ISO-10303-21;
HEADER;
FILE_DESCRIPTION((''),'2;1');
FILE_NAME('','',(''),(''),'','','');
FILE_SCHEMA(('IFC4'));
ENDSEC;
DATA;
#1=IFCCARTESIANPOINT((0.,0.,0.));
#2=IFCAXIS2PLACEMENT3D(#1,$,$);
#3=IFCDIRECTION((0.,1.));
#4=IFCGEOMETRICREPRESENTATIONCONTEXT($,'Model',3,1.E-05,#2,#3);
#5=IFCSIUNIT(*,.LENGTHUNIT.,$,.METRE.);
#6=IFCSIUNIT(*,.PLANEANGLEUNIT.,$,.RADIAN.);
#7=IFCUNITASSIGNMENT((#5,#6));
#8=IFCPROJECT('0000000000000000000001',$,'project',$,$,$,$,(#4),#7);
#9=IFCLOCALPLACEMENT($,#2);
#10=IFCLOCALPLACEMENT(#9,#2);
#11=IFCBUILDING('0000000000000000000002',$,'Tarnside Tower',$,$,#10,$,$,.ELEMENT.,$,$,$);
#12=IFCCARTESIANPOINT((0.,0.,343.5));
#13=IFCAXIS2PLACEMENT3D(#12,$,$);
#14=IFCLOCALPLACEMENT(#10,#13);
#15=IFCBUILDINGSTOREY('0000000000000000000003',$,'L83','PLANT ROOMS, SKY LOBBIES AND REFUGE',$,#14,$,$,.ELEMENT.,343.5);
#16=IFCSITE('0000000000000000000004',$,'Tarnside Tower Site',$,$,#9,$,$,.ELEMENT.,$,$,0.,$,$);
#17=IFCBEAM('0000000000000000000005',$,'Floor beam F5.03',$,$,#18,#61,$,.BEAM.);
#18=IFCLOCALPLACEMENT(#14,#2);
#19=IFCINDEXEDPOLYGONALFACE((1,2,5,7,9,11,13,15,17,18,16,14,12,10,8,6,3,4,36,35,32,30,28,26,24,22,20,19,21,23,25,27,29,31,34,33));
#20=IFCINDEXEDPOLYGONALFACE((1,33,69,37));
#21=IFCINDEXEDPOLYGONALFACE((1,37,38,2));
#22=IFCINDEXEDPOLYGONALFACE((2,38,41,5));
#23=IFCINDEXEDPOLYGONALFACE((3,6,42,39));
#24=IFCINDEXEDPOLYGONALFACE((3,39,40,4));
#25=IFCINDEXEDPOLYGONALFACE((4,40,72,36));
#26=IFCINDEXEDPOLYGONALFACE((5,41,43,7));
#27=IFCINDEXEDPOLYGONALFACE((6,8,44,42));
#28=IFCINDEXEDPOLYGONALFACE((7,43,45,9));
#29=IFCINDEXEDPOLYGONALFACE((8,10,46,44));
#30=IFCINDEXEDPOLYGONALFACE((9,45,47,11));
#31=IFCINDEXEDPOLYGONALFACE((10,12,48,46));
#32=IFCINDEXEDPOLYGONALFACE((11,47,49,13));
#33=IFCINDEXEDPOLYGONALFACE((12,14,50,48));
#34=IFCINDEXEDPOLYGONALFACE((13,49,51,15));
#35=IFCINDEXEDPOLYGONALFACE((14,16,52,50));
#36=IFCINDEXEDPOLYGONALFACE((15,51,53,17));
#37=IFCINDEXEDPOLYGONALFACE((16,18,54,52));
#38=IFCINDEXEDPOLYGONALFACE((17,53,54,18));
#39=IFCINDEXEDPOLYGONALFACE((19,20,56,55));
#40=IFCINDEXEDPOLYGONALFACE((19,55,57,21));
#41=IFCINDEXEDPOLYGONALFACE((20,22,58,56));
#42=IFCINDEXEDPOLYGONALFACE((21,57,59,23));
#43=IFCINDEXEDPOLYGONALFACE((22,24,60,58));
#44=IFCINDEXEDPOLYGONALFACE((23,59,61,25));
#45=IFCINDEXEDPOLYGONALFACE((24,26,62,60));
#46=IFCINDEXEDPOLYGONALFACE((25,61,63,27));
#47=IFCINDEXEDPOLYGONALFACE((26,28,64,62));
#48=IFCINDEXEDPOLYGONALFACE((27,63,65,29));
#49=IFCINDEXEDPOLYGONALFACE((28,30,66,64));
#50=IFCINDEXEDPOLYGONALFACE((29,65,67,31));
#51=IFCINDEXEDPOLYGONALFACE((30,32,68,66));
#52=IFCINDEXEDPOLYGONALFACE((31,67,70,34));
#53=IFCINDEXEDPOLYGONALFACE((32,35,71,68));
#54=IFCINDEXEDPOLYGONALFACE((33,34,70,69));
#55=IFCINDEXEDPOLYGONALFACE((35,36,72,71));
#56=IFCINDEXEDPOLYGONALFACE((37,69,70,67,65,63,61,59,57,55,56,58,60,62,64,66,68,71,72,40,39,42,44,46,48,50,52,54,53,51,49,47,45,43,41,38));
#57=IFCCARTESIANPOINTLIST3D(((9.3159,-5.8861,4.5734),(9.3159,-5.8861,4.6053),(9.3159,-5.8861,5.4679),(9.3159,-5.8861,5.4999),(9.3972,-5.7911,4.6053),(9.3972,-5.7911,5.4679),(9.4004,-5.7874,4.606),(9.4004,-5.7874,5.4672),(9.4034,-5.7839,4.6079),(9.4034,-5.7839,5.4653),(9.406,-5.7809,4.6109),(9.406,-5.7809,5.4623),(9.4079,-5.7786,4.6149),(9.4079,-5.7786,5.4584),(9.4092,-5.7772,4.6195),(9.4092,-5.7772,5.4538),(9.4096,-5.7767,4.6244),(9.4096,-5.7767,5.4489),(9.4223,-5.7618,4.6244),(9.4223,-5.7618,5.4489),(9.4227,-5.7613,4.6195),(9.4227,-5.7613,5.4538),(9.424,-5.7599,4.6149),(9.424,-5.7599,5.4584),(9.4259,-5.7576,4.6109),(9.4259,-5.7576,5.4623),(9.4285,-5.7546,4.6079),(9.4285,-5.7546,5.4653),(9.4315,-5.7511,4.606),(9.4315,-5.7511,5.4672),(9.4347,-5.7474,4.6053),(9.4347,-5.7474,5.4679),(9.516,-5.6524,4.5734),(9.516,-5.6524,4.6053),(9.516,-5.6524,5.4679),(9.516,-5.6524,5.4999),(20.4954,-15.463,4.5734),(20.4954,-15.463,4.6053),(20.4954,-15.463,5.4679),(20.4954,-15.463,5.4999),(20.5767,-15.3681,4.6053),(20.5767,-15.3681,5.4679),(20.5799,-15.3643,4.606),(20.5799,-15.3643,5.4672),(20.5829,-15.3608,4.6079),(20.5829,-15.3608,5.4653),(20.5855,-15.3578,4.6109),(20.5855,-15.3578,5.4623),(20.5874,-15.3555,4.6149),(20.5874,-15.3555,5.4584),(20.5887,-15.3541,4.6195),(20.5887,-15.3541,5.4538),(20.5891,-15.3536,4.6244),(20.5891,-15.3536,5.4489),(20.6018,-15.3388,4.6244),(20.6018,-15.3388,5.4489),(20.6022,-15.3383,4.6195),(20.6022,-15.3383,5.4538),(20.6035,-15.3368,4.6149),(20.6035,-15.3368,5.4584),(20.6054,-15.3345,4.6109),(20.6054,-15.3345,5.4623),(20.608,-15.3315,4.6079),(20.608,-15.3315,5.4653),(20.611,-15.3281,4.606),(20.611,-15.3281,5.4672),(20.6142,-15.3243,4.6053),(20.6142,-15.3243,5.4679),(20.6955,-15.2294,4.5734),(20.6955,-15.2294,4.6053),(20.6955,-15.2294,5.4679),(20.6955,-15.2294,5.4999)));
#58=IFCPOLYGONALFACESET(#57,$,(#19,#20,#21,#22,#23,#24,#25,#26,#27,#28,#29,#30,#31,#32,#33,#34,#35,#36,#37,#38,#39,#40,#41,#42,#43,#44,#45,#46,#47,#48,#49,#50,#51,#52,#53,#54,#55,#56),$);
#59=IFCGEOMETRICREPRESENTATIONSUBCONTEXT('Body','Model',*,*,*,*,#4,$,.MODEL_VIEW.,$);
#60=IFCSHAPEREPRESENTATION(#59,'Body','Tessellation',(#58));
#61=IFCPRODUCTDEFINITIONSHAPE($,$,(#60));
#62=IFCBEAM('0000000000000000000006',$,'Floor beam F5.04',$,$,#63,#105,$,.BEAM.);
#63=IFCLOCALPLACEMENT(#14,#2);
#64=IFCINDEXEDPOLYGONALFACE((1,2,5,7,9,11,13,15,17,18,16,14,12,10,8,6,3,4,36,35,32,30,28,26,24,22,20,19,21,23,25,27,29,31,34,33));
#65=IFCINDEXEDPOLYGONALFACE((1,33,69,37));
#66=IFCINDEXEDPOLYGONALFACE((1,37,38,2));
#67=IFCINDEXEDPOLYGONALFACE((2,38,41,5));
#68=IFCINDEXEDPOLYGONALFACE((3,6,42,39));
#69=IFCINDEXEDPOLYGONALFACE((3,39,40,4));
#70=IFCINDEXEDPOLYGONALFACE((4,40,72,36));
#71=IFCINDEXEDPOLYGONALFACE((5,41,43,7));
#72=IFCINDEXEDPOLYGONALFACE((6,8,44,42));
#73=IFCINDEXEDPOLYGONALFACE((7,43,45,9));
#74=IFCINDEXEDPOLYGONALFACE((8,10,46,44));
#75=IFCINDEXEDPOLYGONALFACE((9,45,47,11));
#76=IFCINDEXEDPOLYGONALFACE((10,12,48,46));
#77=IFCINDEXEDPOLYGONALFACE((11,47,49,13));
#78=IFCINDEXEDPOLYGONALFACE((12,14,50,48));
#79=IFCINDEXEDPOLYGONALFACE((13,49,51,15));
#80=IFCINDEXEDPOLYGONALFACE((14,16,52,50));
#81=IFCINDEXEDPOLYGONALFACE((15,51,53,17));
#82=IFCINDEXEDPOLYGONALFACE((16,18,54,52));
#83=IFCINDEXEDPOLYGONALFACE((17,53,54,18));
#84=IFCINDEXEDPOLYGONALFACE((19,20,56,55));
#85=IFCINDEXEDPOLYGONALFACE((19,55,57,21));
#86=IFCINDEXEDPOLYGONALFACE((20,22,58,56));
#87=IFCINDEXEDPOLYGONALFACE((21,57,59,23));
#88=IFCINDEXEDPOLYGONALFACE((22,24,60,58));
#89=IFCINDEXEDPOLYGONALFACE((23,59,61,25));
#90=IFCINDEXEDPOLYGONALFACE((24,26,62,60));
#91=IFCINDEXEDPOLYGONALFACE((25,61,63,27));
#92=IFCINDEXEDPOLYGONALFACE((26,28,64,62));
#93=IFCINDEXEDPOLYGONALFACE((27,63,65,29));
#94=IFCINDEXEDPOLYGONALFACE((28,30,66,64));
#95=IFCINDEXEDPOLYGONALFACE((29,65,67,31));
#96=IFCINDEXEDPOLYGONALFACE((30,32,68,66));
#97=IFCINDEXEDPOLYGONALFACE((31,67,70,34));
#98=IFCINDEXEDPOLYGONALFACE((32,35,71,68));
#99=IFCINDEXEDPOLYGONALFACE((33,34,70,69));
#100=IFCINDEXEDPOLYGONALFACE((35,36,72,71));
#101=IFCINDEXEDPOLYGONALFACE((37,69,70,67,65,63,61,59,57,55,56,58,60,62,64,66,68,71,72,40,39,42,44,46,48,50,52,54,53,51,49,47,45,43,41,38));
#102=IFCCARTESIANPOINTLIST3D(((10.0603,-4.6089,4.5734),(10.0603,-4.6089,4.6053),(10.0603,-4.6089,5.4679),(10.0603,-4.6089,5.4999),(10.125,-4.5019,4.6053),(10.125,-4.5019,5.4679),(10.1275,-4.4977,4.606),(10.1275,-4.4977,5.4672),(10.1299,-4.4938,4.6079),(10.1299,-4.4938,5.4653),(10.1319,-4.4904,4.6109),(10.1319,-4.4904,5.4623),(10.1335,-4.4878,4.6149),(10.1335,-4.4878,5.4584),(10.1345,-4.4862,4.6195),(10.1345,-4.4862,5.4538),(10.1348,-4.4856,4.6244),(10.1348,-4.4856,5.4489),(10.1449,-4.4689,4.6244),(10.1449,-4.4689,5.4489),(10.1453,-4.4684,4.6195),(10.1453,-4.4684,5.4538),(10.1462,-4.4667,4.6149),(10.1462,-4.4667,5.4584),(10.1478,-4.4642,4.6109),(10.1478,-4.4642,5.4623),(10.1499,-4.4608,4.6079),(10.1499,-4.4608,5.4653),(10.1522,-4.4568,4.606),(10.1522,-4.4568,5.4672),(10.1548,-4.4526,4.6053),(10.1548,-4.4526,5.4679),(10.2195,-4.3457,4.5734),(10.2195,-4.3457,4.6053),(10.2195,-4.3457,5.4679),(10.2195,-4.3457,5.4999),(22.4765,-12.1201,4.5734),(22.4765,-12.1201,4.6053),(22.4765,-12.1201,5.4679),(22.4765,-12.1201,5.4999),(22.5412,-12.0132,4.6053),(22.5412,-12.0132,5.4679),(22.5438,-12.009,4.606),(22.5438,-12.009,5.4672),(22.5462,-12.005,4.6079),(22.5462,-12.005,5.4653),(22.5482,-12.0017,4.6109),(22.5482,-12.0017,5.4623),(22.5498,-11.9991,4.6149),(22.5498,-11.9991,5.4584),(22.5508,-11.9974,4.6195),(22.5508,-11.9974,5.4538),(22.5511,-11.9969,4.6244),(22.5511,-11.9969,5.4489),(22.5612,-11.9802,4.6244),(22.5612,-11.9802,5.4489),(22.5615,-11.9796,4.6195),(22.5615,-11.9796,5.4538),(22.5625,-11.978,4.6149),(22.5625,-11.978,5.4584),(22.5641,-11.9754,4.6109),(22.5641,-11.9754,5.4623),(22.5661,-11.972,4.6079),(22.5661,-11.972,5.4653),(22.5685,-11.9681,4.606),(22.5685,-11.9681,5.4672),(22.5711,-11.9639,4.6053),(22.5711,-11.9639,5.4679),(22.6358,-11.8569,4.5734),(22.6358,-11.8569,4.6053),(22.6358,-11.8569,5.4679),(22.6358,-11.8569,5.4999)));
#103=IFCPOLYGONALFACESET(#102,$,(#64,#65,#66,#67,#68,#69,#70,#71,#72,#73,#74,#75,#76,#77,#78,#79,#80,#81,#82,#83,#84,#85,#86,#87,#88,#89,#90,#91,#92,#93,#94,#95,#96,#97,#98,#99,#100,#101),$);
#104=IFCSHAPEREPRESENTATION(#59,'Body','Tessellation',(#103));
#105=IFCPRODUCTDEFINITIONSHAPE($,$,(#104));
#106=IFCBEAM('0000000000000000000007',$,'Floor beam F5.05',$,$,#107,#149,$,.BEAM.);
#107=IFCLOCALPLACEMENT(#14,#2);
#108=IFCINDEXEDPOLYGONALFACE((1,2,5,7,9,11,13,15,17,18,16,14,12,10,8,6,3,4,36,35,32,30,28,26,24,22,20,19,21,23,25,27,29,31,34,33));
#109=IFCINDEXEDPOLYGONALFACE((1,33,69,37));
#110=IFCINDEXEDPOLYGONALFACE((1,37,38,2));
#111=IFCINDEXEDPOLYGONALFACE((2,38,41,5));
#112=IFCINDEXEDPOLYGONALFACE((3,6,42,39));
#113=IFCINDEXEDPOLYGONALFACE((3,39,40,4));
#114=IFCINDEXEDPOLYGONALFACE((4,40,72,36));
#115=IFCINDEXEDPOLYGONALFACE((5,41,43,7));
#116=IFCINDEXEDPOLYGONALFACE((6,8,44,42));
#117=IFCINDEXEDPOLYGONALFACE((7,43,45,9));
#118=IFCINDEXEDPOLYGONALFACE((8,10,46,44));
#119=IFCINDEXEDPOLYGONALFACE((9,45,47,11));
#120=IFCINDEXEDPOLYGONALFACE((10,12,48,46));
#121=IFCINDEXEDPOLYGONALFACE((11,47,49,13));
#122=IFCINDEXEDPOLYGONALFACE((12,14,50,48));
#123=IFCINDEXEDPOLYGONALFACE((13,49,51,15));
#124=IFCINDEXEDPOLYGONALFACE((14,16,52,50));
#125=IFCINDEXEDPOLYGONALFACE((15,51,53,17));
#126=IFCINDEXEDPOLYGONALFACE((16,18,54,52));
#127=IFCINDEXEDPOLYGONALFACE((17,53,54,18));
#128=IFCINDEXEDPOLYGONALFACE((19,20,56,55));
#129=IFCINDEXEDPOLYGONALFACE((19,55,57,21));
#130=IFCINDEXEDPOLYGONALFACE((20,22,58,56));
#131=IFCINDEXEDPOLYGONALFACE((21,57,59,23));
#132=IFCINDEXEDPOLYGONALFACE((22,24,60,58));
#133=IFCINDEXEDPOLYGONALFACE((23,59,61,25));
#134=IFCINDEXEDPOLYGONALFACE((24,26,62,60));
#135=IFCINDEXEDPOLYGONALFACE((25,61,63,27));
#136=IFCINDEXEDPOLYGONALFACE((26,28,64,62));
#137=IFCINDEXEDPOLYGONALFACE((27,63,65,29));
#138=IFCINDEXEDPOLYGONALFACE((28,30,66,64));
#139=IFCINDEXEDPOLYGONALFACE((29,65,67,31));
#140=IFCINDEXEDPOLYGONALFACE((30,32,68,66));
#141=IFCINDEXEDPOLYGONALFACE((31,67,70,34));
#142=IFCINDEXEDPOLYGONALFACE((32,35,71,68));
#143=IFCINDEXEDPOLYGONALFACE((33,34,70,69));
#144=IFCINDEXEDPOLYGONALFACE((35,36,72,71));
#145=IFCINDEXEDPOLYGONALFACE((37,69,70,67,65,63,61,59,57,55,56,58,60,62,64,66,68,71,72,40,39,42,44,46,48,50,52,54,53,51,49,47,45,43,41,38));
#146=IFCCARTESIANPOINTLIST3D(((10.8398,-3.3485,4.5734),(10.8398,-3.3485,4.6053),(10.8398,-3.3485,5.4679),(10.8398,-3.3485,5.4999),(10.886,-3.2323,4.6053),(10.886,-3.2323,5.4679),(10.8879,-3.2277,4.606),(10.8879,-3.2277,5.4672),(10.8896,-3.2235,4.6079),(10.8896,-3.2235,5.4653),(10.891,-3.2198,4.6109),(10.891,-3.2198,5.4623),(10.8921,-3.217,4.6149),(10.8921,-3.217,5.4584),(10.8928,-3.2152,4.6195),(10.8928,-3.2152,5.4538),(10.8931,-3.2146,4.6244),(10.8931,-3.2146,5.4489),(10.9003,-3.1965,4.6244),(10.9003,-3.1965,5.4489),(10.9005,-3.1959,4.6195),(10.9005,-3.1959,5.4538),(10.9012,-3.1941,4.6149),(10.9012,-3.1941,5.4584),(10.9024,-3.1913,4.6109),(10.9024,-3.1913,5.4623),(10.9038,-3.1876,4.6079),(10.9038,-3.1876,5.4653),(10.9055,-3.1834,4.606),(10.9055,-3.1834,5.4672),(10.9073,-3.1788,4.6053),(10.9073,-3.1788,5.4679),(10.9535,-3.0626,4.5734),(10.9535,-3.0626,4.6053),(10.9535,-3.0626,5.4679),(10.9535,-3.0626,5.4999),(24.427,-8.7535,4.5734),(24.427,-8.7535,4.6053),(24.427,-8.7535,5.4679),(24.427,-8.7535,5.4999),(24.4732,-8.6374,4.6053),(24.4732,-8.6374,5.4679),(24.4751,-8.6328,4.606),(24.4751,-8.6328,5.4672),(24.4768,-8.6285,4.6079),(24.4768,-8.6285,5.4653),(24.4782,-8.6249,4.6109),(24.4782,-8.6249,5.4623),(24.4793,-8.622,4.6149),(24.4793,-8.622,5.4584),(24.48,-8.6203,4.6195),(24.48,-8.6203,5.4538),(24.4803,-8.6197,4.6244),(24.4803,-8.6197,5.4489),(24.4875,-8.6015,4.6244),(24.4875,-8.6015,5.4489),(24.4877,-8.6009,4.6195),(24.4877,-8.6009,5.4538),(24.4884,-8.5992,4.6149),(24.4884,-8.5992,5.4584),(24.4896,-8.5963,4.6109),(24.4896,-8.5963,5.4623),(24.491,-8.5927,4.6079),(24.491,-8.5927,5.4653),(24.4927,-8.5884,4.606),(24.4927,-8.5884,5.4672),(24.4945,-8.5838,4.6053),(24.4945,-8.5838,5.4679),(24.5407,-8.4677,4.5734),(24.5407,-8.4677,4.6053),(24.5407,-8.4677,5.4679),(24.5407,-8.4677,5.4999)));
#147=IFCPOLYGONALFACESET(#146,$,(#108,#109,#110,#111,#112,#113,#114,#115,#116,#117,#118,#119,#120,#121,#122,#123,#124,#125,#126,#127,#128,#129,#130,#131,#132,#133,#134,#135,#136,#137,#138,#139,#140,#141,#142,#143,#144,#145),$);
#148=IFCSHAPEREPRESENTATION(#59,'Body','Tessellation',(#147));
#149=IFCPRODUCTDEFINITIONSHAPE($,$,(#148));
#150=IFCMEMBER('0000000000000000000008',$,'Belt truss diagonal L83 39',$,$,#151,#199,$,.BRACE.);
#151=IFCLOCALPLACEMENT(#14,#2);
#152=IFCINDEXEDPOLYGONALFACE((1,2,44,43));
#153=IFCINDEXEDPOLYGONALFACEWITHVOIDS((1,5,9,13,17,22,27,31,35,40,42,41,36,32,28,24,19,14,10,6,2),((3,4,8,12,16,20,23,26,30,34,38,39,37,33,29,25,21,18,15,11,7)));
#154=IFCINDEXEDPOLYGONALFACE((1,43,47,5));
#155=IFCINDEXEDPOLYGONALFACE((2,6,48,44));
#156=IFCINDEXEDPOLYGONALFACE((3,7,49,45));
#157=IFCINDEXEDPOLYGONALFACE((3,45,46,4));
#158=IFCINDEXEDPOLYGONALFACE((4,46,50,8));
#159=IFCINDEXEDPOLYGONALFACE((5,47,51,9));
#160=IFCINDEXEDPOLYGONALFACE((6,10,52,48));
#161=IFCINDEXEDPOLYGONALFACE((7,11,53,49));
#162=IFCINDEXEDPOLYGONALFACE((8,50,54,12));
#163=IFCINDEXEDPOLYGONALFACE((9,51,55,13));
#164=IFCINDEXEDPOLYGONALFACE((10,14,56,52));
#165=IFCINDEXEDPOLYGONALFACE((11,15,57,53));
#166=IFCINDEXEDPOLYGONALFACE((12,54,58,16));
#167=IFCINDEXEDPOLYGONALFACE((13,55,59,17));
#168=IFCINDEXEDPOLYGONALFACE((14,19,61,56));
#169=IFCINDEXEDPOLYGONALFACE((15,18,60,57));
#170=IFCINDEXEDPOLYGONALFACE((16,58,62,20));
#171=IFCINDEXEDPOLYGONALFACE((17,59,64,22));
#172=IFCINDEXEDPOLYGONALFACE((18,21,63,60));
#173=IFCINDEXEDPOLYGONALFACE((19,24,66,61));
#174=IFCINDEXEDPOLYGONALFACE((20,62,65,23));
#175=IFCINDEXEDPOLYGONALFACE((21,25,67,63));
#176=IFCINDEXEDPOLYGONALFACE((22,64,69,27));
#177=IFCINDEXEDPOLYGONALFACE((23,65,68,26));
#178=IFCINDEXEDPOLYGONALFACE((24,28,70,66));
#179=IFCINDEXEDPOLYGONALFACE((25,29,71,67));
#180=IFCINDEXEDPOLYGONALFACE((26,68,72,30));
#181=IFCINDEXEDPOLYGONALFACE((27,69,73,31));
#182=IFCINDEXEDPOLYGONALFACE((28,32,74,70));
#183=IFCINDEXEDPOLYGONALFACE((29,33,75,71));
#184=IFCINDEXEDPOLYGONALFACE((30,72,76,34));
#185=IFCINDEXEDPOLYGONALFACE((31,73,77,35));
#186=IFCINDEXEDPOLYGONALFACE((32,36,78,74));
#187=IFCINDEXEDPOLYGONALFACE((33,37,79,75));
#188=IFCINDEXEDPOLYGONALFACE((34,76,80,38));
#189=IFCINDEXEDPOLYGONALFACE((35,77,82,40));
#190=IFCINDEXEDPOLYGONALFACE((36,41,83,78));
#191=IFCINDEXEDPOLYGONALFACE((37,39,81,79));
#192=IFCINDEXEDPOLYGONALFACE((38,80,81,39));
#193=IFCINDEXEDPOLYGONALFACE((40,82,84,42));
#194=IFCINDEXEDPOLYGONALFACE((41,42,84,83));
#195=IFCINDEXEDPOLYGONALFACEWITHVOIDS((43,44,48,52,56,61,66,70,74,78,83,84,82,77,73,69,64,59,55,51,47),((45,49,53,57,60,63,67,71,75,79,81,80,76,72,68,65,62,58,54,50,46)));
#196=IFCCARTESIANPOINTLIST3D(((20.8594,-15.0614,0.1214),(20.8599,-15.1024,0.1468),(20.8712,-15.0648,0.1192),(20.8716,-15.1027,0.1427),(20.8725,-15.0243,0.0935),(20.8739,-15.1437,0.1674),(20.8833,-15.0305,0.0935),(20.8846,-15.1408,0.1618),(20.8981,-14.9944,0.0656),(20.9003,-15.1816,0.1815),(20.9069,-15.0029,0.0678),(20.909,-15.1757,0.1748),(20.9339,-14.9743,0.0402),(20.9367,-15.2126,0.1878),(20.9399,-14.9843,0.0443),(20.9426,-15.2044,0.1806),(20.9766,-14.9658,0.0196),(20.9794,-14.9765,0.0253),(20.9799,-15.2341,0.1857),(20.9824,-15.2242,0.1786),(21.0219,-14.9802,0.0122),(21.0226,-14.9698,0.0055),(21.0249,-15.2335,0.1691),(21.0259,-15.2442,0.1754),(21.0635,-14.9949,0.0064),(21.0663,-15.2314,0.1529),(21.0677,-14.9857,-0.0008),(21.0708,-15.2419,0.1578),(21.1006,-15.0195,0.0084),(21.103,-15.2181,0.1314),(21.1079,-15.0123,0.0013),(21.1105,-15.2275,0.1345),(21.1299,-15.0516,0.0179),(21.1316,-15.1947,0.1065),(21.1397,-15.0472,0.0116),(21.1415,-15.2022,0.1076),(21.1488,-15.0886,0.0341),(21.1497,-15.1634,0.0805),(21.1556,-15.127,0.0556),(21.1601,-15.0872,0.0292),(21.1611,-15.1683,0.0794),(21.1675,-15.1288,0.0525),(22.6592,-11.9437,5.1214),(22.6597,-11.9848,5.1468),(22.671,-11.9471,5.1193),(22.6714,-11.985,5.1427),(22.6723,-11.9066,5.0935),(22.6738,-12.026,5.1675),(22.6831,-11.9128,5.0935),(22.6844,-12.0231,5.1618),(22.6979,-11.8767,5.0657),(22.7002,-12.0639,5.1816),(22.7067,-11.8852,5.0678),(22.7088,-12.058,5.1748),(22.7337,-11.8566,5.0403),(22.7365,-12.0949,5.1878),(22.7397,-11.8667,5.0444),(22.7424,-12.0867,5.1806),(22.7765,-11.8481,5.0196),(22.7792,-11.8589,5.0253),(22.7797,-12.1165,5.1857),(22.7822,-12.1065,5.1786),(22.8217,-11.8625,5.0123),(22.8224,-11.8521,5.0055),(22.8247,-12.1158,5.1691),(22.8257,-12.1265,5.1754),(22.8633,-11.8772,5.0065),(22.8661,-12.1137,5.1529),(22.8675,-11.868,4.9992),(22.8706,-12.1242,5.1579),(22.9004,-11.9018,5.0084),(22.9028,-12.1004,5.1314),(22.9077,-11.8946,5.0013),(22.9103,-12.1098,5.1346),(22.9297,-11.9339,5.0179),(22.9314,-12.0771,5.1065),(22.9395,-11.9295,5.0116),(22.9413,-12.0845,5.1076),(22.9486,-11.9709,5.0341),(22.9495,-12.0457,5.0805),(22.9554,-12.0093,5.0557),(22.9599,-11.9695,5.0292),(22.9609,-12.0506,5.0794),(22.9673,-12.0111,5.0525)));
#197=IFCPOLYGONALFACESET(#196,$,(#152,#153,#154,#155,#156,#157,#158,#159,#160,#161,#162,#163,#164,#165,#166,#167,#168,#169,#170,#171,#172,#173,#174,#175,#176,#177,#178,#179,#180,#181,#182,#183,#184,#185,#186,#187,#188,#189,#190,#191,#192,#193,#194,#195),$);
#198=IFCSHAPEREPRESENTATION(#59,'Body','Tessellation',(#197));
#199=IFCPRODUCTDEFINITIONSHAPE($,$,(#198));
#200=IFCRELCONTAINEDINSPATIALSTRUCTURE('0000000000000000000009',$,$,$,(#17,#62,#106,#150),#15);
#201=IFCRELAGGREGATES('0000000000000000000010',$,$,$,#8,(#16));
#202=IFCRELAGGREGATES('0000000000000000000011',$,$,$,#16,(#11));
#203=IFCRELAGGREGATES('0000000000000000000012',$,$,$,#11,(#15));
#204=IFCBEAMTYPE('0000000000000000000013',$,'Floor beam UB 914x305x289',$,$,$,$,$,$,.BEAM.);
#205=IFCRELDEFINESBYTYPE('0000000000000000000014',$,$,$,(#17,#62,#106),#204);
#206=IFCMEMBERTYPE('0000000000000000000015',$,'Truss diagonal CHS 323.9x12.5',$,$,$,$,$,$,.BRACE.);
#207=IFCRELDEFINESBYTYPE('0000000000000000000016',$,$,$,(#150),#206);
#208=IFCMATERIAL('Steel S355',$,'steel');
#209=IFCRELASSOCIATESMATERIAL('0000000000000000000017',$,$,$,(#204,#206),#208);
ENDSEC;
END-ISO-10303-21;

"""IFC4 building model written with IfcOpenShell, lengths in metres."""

from ifc_helpers import new_model, si_unit, direction, frame, origin, origin_2d, place, context, subcontext, project, spatial, hollow_circle, i_section, extrude, material, material_profile, profile_set, type_object, element, save


model = new_model("IFC4")

# Units and contexts
model_context = context("Model", 3, precision=1e-05, world=origin(), true_north=direction((0.0, 1.0)))
body_context = subcontext(model_context, "Body", "Model", "MODEL_VIEW")
ifc_project = project(units=[si_unit("LENGTHUNIT", "METRE"), si_unit("PLANEANGLEUNIT", "RADIAN")], contexts=[model_context])

# Site, building, storey
site_placement = place(None, origin())
site = spatial("IfcSite", under=ifc_project, at=site_placement, Name="Tarnside Tower Site", CompositionType="ELEMENT", RefElevation=0.0)
building_placement = place(site_placement, origin())
building = spatial("IfcBuilding", under=site, at=building_placement, Name="Tarnside Tower", CompositionType="ELEMENT")
storey_placement = place(building_placement, frame((0.0, 0.0, 343.5)))
storey = spatial("IfcBuildingStorey", under=building, at=storey_placement, Name="L83", Description="PLANT ROOMS, SKY LOBBIES AND REFUGE", CompositionType="ELEMENT", Elevation=343.5)

# Beams
ifc_material_1 = material(Name="Steel S355", Category="steel")
ifc_material_profile_1 = material_profile(ifc_material_1, i_section(OverallWidth=0.3076, OverallDepth=0.9265, WebThickness=0.0195, FlangeThickness=0.032, FilletRadius=0.019, at=origin_2d()), Name="UB 914x305x289")
ifc_profile_set_1 = profile_set([ifc_material_profile_1], Name="Steel S355")
beam_type = type_object("IfcBeamType", Name="Floor beam UB 914x305x289", PredefinedType="BEAM", material=ifc_profile_set_1)
beam_1_placement = place(storey_placement, frame((20.5955, -15.3462, 5.0366), z_axis=(-0.75944, 0.650577, 0.0), x_axis=(-0.650577, -0.75944, 0.0)))
element("IfcBeam", 1, at=beam_1_placement, inside=storey, type_object=beam_type, Name="Floor beam F5.03", PredefinedType="BEAM", context=body_context, shape_type="SweptSolid", body=[
    extrude(i_section(OverallWidth=0.3076, OverallDepth=0.9265, WebThickness=0.0195, FlangeThickness=0.032, FilletRadius=0.019, at=origin_2d()), origin(), (0.0, 0.0, 1.0), 14.7207),
])
beam_2_placement = place(storey_placement, frame((22.5562, -11.9885, 5.0366), z_axis=(-0.855618, 0.517607, 0.0), x_axis=(-0.517607, -0.855618, 0.0)))
element("IfcBeam", 2, at=beam_2_placement, inside=storey, type_object=beam_type, Name="Floor beam F5.04", PredefinedType="BEAM", context=body_context, shape_type="SweptSolid", body=[
    extrude(i_section(OverallWidth=0.3076, OverallDepth=0.9265, WebThickness=0.0195, FlangeThickness=0.032, FilletRadius=0.019, at=origin_2d()), origin(), (0.0, 0.0, 1.0), 14.5115),
])
beam_3_placement = place(storey_placement, frame((24.4839, -8.6106, 5.0366), z_axis=(-0.929179, 0.369631, 0.0), x_axis=(-0.369631, -0.929179, 0.0)))
element("IfcBeam", 3, at=beam_3_placement, inside=storey, type_object=beam_type, Name="Floor beam F5.05", PredefinedType="BEAM", context=body_context, shape_type="SweptSolid", body=[
    extrude(i_section(OverallWidth=0.3076, OverallDepth=0.9265, WebThickness=0.0195, FlangeThickness=0.032, FilletRadius=0.019, at=origin_2d()), origin(), (0.0, 0.0, 1.0), 14.6228),
])

# Member
ifc_material_profile_2 = material_profile(ifc_material_1, hollow_circle(Radius=0.1619, WallThickness=0.0125, at=origin_2d()), Name="CHS 323.9x12.5")
ifc_profile_set_2 = profile_set([ifc_material_profile_2], Name="Steel S355")
member_type_1 = type_object("IfcMemberType", Name="Truss diagonal CHS 323.9x12.5", PredefinedType="BRACE", material=ifc_profile_set_2)
for number, where, z_axis, x_axis, name in (
    (4, (21.0127, -15.1052, 0.0935), (0.292124, 0.506026, 0.811543), (-0.866048, 0.499961, 0.0), "Belt truss diagonal L83 39"),
):
    element("IfcMember", number, at=place(storey_placement, frame(where, z_axis=z_axis, x_axis=x_axis)), inside=storey, type_object=member_type_1, Name=name, PredefinedType="BRACE", context=body_context, shape_type="SweptSolid", body=[
        extrude(hollow_circle(Radius=0.1619, WallThickness=0.0125, at=origin_2d()), origin(), (0.0, 0.0, 1.0), 6.1611),
    ])

save(model, "model.ifc")
